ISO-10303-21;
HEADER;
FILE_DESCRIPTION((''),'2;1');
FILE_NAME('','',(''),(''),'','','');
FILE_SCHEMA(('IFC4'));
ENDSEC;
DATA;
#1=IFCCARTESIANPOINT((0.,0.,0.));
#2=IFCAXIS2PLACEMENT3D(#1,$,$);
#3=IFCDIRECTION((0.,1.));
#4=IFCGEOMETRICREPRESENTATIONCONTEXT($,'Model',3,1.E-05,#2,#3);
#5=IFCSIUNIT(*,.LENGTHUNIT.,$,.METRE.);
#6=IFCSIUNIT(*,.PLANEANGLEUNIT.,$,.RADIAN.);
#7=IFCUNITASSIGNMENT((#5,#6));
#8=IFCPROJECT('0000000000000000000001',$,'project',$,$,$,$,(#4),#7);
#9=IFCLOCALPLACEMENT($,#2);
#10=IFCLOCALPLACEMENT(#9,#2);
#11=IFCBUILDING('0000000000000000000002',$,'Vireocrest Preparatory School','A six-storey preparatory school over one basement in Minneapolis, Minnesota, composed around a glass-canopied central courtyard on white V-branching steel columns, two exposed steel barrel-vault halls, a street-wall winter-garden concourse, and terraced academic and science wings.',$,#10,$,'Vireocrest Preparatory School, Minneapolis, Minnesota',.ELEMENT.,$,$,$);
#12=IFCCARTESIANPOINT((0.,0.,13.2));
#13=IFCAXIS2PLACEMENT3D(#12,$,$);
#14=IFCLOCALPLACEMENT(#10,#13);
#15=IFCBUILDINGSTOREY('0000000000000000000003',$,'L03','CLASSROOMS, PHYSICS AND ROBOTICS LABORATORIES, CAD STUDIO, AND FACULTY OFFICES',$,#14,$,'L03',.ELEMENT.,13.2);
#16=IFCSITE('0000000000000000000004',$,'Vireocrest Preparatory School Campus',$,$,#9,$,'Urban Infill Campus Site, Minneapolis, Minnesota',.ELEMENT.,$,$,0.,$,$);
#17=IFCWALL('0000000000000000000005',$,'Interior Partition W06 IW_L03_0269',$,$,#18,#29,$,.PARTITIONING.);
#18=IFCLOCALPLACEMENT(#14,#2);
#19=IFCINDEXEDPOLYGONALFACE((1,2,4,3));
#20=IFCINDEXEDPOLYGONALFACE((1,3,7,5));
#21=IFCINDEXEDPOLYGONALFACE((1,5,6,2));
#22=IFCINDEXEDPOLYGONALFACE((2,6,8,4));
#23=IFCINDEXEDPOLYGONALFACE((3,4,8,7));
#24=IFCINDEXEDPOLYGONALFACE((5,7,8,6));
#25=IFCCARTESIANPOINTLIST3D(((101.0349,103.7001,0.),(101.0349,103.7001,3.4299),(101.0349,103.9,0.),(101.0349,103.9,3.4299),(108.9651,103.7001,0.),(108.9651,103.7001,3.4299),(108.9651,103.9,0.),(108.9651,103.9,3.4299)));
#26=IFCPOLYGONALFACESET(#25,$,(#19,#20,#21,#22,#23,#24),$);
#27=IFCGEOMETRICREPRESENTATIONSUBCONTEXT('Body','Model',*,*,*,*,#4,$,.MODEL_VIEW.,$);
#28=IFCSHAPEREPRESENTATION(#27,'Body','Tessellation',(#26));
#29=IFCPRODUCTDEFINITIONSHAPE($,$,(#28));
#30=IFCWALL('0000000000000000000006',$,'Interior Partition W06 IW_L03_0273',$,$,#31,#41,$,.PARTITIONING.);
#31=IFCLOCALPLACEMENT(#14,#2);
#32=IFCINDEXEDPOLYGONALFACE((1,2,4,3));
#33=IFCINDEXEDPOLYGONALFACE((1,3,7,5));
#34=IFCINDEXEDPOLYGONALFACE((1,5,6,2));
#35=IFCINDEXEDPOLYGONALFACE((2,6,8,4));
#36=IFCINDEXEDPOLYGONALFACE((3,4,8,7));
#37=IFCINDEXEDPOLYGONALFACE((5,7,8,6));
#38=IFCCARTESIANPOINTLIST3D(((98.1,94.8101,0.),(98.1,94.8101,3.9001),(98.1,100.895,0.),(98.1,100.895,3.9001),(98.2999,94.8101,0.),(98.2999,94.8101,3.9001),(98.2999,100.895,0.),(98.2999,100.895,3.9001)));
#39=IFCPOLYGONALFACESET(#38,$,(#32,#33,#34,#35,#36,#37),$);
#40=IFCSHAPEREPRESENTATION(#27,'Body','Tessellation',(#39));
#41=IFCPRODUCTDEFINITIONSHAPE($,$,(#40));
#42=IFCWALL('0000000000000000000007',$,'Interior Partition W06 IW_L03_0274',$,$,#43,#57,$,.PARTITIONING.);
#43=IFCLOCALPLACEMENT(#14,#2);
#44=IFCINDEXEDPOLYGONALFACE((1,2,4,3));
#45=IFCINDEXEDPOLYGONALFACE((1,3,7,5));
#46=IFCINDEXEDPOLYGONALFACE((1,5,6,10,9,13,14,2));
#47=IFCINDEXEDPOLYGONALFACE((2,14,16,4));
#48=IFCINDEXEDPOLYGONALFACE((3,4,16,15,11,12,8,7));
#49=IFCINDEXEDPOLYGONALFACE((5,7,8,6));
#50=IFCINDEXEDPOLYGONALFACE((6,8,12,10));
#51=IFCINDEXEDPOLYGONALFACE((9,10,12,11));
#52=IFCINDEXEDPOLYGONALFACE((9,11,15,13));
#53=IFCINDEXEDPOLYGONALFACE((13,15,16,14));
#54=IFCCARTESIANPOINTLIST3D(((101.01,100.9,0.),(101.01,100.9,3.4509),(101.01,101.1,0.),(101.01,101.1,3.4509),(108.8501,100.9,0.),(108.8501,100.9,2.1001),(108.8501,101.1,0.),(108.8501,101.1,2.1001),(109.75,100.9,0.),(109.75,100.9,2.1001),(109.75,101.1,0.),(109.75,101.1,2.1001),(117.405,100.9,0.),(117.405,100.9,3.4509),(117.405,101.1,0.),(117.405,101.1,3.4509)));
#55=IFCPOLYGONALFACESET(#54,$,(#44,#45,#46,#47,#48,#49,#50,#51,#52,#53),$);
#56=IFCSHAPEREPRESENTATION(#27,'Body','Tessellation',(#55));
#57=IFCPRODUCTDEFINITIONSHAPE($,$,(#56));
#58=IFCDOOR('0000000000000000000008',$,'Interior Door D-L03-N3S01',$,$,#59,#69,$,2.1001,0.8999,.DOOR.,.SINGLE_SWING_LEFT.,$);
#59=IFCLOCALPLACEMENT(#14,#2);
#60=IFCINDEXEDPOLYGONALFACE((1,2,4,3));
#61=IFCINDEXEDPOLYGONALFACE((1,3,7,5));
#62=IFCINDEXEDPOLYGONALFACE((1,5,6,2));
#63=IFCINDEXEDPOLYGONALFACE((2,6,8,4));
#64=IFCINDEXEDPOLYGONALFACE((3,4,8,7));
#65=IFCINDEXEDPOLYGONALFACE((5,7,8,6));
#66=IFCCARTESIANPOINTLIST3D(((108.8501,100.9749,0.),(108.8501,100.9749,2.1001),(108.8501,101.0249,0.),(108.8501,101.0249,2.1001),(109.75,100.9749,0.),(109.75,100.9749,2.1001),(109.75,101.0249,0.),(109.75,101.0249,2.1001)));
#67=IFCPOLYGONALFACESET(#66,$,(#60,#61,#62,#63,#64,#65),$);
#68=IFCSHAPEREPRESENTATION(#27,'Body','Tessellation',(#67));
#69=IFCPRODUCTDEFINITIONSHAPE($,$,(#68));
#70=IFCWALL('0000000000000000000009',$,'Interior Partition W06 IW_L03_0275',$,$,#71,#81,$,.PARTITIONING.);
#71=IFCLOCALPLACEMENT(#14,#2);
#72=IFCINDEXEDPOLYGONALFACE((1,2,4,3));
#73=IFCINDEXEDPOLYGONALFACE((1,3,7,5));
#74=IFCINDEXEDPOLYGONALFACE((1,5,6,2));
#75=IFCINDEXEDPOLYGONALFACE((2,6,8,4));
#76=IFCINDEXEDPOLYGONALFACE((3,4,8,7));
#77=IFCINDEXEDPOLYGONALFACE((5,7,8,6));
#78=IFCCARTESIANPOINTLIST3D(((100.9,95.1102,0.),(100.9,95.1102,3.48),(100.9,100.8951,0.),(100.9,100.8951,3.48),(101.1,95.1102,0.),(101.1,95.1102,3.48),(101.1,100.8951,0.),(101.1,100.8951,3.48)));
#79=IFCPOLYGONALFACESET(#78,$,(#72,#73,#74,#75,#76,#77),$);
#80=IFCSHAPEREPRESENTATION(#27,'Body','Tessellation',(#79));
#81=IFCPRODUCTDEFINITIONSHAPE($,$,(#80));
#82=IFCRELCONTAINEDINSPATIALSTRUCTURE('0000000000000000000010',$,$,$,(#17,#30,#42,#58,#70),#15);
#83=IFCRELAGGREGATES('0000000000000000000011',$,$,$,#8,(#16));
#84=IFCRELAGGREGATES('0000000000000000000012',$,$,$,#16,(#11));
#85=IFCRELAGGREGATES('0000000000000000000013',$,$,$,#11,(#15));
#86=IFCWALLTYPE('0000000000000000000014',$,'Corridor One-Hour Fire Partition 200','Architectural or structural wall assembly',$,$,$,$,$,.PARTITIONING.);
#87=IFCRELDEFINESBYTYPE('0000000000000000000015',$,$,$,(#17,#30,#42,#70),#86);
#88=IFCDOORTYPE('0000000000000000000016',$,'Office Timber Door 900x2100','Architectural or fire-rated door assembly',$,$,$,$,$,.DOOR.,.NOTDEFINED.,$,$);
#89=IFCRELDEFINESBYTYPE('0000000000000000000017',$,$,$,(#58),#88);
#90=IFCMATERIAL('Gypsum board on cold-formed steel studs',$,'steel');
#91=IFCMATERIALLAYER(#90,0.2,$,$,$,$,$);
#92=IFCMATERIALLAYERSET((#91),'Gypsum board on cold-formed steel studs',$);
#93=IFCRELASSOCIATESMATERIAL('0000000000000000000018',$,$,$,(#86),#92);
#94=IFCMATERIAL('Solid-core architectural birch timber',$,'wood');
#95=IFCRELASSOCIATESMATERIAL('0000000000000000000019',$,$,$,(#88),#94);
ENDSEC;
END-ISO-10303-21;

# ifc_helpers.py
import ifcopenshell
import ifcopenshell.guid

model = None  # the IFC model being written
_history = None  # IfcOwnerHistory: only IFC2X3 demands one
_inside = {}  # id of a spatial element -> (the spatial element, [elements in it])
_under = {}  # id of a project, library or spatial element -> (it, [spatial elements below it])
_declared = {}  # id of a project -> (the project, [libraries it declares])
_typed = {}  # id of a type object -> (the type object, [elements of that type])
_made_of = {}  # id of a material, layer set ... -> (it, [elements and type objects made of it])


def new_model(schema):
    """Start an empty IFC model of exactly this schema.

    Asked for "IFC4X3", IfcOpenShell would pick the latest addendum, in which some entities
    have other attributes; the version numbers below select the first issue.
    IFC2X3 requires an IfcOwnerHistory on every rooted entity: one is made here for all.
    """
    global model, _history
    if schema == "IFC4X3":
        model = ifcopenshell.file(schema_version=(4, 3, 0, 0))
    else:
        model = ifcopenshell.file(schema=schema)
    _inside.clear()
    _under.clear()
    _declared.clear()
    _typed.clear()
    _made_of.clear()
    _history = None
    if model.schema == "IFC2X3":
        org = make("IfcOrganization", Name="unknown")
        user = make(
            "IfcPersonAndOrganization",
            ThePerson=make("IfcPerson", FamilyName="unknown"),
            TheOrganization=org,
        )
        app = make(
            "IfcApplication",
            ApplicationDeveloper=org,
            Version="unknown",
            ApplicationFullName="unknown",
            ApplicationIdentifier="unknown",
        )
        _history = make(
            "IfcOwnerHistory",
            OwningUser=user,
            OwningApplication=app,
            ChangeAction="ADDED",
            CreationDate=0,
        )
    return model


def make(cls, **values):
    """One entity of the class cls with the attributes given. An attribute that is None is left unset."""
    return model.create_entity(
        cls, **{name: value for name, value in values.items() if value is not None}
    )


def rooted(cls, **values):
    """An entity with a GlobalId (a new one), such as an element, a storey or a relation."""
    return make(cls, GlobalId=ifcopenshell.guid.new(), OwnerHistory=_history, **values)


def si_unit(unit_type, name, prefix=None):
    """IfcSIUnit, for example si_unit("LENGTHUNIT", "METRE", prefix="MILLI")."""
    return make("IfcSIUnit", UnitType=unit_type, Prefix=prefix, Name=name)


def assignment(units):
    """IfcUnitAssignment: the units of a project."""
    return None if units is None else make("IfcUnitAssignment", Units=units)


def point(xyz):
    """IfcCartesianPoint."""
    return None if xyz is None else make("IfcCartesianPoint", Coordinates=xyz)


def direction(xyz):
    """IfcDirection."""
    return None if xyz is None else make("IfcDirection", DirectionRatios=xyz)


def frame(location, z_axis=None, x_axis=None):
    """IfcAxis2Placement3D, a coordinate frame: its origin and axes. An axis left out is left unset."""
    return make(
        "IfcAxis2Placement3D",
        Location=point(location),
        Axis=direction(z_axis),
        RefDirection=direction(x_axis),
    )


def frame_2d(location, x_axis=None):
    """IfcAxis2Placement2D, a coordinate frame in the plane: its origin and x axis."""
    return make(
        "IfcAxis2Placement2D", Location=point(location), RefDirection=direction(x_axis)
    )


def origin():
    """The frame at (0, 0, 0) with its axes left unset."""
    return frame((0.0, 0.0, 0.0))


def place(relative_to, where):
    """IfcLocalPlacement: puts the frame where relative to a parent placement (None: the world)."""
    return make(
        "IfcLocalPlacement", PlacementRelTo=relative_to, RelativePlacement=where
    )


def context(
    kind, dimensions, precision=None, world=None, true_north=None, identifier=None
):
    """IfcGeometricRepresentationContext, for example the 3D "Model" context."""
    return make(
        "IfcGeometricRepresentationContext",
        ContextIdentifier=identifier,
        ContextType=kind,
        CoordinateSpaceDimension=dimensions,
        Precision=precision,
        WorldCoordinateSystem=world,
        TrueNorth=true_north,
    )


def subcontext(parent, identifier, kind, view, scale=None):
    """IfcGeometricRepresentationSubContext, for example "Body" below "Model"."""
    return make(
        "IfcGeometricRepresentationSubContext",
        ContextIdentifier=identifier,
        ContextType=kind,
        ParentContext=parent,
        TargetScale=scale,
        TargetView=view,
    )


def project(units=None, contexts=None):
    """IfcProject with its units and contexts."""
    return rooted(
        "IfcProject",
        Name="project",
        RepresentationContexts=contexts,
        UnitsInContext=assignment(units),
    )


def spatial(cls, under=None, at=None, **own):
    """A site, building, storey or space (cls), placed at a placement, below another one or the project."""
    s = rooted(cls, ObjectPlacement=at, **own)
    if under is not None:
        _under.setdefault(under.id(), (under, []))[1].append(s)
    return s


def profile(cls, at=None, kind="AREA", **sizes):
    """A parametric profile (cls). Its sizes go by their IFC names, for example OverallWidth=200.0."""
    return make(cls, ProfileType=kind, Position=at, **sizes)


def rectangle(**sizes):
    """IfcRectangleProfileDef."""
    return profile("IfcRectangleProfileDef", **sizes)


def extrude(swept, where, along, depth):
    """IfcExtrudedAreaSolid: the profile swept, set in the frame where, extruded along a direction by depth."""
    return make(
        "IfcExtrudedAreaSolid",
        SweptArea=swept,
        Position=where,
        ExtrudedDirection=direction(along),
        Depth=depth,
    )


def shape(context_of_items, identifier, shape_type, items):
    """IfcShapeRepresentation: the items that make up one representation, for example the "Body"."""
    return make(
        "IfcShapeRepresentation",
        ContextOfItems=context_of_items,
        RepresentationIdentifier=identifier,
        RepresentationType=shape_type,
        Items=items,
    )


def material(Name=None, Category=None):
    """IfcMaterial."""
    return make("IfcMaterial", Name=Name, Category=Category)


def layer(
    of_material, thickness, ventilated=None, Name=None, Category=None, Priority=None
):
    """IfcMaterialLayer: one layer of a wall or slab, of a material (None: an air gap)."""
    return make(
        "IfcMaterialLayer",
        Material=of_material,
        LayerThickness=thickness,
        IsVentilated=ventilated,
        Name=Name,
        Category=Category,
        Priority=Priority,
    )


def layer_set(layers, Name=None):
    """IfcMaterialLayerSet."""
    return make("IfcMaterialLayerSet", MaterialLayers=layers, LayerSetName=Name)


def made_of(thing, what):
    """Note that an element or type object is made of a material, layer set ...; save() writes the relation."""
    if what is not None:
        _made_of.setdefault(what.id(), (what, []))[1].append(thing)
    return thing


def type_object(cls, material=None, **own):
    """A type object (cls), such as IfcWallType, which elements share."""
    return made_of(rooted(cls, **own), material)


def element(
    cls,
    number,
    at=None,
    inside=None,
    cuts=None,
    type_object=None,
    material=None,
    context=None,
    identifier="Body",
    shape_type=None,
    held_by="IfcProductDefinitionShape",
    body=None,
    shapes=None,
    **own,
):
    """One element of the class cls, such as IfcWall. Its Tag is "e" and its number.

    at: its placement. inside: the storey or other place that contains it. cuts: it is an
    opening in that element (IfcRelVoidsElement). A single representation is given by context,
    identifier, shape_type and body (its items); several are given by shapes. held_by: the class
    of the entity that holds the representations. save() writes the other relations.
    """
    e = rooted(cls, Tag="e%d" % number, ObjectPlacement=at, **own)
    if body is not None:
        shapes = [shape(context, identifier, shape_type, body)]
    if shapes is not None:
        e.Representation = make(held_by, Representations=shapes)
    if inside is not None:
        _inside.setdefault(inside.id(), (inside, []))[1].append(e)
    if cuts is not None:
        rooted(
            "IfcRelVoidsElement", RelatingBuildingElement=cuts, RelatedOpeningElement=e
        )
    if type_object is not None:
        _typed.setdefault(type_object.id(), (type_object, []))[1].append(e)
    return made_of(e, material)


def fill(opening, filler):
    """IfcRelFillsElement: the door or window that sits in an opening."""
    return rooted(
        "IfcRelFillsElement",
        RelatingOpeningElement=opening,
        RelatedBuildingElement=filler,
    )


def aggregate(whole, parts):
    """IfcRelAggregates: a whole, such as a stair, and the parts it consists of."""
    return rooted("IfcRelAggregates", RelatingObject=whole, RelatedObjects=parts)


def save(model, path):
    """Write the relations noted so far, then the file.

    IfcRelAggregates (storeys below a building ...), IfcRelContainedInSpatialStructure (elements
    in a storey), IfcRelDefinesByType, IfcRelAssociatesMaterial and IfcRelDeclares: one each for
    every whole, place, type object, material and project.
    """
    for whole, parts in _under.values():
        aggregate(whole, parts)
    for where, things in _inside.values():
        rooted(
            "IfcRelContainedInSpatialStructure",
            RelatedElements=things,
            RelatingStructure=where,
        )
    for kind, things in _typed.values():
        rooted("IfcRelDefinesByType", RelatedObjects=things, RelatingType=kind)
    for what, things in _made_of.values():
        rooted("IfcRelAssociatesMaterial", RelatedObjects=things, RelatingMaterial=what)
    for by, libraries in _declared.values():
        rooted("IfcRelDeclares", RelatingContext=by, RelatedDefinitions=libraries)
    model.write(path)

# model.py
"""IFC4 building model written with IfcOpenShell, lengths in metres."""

from ifc_helpers import new_model, si_unit, direction, frame, frame_2d, origin, place, context, subcontext, project, spatial, rectangle, extrude, material, layer, layer_set, type_object, element, fill, save


model = new_model("IFC4")

# Units and contexts
model_context = context("Model", 3, precision=1e-05, world=origin(), true_north=direction((0.0, 1.0)))
body_context = subcontext(model_context, "Body", "Model", "MODEL_VIEW")
ifc_project = project(units=[si_unit("LENGTHUNIT", "METRE"), si_unit("PLANEANGLEUNIT", "RADIAN")], contexts=[model_context])

# Site, building, storey
site_placement = place(None, origin())
site = spatial("IfcSite", under=ifc_project, at=site_placement, Name="Vireocrest Preparatory School Campus", LongName="Urban Infill Campus Site, Minneapolis, Minnesota", CompositionType="ELEMENT", RefElevation=0.0)
building_placement = place(site_placement, origin())
building = spatial("IfcBuilding", under=site, at=building_placement, Name="Vireocrest Preparatory School", Description="A six-storey preparatory school over one basement in Minneapolis, Minnesota, composed around a glass-canopied central courtyard on white V-branching steel columns, two exposed steel barrel-vault halls, a street-wall winter-garden concourse, and terraced academic and science wings.", LongName="Vireocrest Preparatory School, Minneapolis, Minnesota", CompositionType="ELEMENT")
storey_placement = place(building_placement, frame((0.0, 0.0, 13.2)))
storey = spatial("IfcBuildingStorey", under=building, at=storey_placement, Name="L03", Description="CLASSROOMS, PHYSICS AND ROBOTICS LABORATORIES, CAD STUDIO, AND FACULTY OFFICES", LongName="L03", CompositionType="ELEMENT", Elevation=13.2)

# Shared definitions
ifc_material_1 = material(Name="Gypsum board on cold-formed steel studs", Category="steel")

# Shared definitions
ifc_layer_1 = layer(ifc_material_1, 0.2)
ifc_layer_set_1 = layer_set([ifc_layer_1], Name="Gypsum board on cold-formed steel studs")
wall_type_1 = type_object("IfcWallType", Name="Corridor One-Hour Fire Partition 200", Description="Architectural or structural wall assembly", PredefinedType="PARTITIONING", material=ifc_layer_set_1)
ifc_material_2 = material(Name="Solid-core architectural birch timber", Category="wood")
door_type = type_object("IfcDoorType", Name="Office Timber Door 900x2100", Description="Architectural or fire-rated door assembly", OperationType="NOTDEFINED", PredefinedType="DOOR", material=ifc_material_2)

# Walls
wall_1_placement = place(storey_placement, frame((101.0349, 103.8, 0.0), z_axis=(0.0, 0.0, 1.0), x_axis=(1.0, 0.0, 0.0)))
element("IfcWall", 1, at=wall_1_placement, inside=storey, type_object=wall_type_1, Name="Interior Partition W06 IW_L03_0269", PredefinedType="PARTITIONING", context=body_context, shape_type="SweptSolid", body=[
    extrude(rectangle(XDim=7.9302, YDim=0.2, at=frame_2d((3.9651, 0.0))), origin(), (0.0, 0.0, 1.0), 3.4299),
])
wall_2_placement = place(storey_placement, frame((98.2, 94.8101, 0.0), z_axis=(0.0, 0.0, 1.0), x_axis=(0.0, 1.0, 0.0)))
element("IfcWall", 2, at=wall_2_placement, inside=storey, type_object=wall_type_1, Name="Interior Partition W06 IW_L03_0273", PredefinedType="PARTITIONING", context=body_context, shape_type="SweptSolid", body=[
    extrude(rectangle(XDim=6.085, YDim=0.2, at=frame_2d((3.0425, 0.0))), origin(), (0.0, 0.0, 1.0), 3.9001),
])

# Wall, opening, door
wall_3_placement = place(storey_placement, frame((101.01, 101.0, 0.0), z_axis=(0.0, 0.0, 1.0), x_axis=(1.0, 0.0, 0.0)))
wall_3 = element("IfcWall", 3, at=wall_3_placement, inside=storey, type_object=wall_type_1, Name="Interior Partition W06 IW_L03_0274", PredefinedType="PARTITIONING", context=body_context, shape_type="SweptSolid", body=[
    extrude(rectangle(XDim=16.395, YDim=0.2, at=frame_2d((8.1975, 0.0))), origin(), (0.0, 0.0, 1.0), 3.4509),
])
opening_1_placement = place(wall_3_placement, frame((7.8401, 0.0, 0.0)))
opening_1 = element("IfcOpeningElement", 4, at=opening_1_placement, cuts=wall_3, PredefinedType="OPENING", context=body_context, shape_type="SweptSolid", body=[
    extrude(rectangle(XDim=0.8999, YDim=2.1001, at=frame_2d((0.45, 1.05))), frame((0.0, 0.1099, 0.0), z_axis=(0.0, -1.0, 0.0), x_axis=(1.0, 0.0, 0.0)), (0.0, 0.0, 1.0), 0.22),
])
door_1_placement = place(opening_1_placement, origin())
door_1 = element("IfcDoor", 5, at=door_1_placement, inside=storey, type_object=door_type, Name="Interior Door D-L03-N3S01", OperationType="SINGLE_SWING_LEFT", OverallHeight=2.1001, OverallWidth=0.8999, PredefinedType="DOOR", context=body_context, shape_type="SweptSolid", body=[
    extrude(rectangle(XDim=0.8999, YDim=2.1001, at=frame_2d((0.45, 1.05))), frame((0.0, 0.0249, 0.0), z_axis=(0.0, -1.0, 0.0), x_axis=(1.0, 0.0, 0.0)), (0.0, 0.0, 1.0), 0.05),
])
fill(opening_1, door_1)

# Wall
wall_4_placement = place(storey_placement, frame((101.0, 95.1101, 0.0), z_axis=(0.0, 0.0, 1.0), x_axis=(0.0, 1.0, 0.0)))
element("IfcWall", 6, at=wall_4_placement, inside=storey, type_object=wall_type_1, Name="Interior Partition W06 IW_L03_0275", PredefinedType="PARTITIONING", context=body_context, shape_type="SweptSolid", body=[
    extrude(rectangle(XDim=5.7849, YDim=0.2, at=frame_2d((2.8926, 0.0))), origin(), (0.0, 0.0, 1.0), 3.48),
])

save(model, "model.ifc")
